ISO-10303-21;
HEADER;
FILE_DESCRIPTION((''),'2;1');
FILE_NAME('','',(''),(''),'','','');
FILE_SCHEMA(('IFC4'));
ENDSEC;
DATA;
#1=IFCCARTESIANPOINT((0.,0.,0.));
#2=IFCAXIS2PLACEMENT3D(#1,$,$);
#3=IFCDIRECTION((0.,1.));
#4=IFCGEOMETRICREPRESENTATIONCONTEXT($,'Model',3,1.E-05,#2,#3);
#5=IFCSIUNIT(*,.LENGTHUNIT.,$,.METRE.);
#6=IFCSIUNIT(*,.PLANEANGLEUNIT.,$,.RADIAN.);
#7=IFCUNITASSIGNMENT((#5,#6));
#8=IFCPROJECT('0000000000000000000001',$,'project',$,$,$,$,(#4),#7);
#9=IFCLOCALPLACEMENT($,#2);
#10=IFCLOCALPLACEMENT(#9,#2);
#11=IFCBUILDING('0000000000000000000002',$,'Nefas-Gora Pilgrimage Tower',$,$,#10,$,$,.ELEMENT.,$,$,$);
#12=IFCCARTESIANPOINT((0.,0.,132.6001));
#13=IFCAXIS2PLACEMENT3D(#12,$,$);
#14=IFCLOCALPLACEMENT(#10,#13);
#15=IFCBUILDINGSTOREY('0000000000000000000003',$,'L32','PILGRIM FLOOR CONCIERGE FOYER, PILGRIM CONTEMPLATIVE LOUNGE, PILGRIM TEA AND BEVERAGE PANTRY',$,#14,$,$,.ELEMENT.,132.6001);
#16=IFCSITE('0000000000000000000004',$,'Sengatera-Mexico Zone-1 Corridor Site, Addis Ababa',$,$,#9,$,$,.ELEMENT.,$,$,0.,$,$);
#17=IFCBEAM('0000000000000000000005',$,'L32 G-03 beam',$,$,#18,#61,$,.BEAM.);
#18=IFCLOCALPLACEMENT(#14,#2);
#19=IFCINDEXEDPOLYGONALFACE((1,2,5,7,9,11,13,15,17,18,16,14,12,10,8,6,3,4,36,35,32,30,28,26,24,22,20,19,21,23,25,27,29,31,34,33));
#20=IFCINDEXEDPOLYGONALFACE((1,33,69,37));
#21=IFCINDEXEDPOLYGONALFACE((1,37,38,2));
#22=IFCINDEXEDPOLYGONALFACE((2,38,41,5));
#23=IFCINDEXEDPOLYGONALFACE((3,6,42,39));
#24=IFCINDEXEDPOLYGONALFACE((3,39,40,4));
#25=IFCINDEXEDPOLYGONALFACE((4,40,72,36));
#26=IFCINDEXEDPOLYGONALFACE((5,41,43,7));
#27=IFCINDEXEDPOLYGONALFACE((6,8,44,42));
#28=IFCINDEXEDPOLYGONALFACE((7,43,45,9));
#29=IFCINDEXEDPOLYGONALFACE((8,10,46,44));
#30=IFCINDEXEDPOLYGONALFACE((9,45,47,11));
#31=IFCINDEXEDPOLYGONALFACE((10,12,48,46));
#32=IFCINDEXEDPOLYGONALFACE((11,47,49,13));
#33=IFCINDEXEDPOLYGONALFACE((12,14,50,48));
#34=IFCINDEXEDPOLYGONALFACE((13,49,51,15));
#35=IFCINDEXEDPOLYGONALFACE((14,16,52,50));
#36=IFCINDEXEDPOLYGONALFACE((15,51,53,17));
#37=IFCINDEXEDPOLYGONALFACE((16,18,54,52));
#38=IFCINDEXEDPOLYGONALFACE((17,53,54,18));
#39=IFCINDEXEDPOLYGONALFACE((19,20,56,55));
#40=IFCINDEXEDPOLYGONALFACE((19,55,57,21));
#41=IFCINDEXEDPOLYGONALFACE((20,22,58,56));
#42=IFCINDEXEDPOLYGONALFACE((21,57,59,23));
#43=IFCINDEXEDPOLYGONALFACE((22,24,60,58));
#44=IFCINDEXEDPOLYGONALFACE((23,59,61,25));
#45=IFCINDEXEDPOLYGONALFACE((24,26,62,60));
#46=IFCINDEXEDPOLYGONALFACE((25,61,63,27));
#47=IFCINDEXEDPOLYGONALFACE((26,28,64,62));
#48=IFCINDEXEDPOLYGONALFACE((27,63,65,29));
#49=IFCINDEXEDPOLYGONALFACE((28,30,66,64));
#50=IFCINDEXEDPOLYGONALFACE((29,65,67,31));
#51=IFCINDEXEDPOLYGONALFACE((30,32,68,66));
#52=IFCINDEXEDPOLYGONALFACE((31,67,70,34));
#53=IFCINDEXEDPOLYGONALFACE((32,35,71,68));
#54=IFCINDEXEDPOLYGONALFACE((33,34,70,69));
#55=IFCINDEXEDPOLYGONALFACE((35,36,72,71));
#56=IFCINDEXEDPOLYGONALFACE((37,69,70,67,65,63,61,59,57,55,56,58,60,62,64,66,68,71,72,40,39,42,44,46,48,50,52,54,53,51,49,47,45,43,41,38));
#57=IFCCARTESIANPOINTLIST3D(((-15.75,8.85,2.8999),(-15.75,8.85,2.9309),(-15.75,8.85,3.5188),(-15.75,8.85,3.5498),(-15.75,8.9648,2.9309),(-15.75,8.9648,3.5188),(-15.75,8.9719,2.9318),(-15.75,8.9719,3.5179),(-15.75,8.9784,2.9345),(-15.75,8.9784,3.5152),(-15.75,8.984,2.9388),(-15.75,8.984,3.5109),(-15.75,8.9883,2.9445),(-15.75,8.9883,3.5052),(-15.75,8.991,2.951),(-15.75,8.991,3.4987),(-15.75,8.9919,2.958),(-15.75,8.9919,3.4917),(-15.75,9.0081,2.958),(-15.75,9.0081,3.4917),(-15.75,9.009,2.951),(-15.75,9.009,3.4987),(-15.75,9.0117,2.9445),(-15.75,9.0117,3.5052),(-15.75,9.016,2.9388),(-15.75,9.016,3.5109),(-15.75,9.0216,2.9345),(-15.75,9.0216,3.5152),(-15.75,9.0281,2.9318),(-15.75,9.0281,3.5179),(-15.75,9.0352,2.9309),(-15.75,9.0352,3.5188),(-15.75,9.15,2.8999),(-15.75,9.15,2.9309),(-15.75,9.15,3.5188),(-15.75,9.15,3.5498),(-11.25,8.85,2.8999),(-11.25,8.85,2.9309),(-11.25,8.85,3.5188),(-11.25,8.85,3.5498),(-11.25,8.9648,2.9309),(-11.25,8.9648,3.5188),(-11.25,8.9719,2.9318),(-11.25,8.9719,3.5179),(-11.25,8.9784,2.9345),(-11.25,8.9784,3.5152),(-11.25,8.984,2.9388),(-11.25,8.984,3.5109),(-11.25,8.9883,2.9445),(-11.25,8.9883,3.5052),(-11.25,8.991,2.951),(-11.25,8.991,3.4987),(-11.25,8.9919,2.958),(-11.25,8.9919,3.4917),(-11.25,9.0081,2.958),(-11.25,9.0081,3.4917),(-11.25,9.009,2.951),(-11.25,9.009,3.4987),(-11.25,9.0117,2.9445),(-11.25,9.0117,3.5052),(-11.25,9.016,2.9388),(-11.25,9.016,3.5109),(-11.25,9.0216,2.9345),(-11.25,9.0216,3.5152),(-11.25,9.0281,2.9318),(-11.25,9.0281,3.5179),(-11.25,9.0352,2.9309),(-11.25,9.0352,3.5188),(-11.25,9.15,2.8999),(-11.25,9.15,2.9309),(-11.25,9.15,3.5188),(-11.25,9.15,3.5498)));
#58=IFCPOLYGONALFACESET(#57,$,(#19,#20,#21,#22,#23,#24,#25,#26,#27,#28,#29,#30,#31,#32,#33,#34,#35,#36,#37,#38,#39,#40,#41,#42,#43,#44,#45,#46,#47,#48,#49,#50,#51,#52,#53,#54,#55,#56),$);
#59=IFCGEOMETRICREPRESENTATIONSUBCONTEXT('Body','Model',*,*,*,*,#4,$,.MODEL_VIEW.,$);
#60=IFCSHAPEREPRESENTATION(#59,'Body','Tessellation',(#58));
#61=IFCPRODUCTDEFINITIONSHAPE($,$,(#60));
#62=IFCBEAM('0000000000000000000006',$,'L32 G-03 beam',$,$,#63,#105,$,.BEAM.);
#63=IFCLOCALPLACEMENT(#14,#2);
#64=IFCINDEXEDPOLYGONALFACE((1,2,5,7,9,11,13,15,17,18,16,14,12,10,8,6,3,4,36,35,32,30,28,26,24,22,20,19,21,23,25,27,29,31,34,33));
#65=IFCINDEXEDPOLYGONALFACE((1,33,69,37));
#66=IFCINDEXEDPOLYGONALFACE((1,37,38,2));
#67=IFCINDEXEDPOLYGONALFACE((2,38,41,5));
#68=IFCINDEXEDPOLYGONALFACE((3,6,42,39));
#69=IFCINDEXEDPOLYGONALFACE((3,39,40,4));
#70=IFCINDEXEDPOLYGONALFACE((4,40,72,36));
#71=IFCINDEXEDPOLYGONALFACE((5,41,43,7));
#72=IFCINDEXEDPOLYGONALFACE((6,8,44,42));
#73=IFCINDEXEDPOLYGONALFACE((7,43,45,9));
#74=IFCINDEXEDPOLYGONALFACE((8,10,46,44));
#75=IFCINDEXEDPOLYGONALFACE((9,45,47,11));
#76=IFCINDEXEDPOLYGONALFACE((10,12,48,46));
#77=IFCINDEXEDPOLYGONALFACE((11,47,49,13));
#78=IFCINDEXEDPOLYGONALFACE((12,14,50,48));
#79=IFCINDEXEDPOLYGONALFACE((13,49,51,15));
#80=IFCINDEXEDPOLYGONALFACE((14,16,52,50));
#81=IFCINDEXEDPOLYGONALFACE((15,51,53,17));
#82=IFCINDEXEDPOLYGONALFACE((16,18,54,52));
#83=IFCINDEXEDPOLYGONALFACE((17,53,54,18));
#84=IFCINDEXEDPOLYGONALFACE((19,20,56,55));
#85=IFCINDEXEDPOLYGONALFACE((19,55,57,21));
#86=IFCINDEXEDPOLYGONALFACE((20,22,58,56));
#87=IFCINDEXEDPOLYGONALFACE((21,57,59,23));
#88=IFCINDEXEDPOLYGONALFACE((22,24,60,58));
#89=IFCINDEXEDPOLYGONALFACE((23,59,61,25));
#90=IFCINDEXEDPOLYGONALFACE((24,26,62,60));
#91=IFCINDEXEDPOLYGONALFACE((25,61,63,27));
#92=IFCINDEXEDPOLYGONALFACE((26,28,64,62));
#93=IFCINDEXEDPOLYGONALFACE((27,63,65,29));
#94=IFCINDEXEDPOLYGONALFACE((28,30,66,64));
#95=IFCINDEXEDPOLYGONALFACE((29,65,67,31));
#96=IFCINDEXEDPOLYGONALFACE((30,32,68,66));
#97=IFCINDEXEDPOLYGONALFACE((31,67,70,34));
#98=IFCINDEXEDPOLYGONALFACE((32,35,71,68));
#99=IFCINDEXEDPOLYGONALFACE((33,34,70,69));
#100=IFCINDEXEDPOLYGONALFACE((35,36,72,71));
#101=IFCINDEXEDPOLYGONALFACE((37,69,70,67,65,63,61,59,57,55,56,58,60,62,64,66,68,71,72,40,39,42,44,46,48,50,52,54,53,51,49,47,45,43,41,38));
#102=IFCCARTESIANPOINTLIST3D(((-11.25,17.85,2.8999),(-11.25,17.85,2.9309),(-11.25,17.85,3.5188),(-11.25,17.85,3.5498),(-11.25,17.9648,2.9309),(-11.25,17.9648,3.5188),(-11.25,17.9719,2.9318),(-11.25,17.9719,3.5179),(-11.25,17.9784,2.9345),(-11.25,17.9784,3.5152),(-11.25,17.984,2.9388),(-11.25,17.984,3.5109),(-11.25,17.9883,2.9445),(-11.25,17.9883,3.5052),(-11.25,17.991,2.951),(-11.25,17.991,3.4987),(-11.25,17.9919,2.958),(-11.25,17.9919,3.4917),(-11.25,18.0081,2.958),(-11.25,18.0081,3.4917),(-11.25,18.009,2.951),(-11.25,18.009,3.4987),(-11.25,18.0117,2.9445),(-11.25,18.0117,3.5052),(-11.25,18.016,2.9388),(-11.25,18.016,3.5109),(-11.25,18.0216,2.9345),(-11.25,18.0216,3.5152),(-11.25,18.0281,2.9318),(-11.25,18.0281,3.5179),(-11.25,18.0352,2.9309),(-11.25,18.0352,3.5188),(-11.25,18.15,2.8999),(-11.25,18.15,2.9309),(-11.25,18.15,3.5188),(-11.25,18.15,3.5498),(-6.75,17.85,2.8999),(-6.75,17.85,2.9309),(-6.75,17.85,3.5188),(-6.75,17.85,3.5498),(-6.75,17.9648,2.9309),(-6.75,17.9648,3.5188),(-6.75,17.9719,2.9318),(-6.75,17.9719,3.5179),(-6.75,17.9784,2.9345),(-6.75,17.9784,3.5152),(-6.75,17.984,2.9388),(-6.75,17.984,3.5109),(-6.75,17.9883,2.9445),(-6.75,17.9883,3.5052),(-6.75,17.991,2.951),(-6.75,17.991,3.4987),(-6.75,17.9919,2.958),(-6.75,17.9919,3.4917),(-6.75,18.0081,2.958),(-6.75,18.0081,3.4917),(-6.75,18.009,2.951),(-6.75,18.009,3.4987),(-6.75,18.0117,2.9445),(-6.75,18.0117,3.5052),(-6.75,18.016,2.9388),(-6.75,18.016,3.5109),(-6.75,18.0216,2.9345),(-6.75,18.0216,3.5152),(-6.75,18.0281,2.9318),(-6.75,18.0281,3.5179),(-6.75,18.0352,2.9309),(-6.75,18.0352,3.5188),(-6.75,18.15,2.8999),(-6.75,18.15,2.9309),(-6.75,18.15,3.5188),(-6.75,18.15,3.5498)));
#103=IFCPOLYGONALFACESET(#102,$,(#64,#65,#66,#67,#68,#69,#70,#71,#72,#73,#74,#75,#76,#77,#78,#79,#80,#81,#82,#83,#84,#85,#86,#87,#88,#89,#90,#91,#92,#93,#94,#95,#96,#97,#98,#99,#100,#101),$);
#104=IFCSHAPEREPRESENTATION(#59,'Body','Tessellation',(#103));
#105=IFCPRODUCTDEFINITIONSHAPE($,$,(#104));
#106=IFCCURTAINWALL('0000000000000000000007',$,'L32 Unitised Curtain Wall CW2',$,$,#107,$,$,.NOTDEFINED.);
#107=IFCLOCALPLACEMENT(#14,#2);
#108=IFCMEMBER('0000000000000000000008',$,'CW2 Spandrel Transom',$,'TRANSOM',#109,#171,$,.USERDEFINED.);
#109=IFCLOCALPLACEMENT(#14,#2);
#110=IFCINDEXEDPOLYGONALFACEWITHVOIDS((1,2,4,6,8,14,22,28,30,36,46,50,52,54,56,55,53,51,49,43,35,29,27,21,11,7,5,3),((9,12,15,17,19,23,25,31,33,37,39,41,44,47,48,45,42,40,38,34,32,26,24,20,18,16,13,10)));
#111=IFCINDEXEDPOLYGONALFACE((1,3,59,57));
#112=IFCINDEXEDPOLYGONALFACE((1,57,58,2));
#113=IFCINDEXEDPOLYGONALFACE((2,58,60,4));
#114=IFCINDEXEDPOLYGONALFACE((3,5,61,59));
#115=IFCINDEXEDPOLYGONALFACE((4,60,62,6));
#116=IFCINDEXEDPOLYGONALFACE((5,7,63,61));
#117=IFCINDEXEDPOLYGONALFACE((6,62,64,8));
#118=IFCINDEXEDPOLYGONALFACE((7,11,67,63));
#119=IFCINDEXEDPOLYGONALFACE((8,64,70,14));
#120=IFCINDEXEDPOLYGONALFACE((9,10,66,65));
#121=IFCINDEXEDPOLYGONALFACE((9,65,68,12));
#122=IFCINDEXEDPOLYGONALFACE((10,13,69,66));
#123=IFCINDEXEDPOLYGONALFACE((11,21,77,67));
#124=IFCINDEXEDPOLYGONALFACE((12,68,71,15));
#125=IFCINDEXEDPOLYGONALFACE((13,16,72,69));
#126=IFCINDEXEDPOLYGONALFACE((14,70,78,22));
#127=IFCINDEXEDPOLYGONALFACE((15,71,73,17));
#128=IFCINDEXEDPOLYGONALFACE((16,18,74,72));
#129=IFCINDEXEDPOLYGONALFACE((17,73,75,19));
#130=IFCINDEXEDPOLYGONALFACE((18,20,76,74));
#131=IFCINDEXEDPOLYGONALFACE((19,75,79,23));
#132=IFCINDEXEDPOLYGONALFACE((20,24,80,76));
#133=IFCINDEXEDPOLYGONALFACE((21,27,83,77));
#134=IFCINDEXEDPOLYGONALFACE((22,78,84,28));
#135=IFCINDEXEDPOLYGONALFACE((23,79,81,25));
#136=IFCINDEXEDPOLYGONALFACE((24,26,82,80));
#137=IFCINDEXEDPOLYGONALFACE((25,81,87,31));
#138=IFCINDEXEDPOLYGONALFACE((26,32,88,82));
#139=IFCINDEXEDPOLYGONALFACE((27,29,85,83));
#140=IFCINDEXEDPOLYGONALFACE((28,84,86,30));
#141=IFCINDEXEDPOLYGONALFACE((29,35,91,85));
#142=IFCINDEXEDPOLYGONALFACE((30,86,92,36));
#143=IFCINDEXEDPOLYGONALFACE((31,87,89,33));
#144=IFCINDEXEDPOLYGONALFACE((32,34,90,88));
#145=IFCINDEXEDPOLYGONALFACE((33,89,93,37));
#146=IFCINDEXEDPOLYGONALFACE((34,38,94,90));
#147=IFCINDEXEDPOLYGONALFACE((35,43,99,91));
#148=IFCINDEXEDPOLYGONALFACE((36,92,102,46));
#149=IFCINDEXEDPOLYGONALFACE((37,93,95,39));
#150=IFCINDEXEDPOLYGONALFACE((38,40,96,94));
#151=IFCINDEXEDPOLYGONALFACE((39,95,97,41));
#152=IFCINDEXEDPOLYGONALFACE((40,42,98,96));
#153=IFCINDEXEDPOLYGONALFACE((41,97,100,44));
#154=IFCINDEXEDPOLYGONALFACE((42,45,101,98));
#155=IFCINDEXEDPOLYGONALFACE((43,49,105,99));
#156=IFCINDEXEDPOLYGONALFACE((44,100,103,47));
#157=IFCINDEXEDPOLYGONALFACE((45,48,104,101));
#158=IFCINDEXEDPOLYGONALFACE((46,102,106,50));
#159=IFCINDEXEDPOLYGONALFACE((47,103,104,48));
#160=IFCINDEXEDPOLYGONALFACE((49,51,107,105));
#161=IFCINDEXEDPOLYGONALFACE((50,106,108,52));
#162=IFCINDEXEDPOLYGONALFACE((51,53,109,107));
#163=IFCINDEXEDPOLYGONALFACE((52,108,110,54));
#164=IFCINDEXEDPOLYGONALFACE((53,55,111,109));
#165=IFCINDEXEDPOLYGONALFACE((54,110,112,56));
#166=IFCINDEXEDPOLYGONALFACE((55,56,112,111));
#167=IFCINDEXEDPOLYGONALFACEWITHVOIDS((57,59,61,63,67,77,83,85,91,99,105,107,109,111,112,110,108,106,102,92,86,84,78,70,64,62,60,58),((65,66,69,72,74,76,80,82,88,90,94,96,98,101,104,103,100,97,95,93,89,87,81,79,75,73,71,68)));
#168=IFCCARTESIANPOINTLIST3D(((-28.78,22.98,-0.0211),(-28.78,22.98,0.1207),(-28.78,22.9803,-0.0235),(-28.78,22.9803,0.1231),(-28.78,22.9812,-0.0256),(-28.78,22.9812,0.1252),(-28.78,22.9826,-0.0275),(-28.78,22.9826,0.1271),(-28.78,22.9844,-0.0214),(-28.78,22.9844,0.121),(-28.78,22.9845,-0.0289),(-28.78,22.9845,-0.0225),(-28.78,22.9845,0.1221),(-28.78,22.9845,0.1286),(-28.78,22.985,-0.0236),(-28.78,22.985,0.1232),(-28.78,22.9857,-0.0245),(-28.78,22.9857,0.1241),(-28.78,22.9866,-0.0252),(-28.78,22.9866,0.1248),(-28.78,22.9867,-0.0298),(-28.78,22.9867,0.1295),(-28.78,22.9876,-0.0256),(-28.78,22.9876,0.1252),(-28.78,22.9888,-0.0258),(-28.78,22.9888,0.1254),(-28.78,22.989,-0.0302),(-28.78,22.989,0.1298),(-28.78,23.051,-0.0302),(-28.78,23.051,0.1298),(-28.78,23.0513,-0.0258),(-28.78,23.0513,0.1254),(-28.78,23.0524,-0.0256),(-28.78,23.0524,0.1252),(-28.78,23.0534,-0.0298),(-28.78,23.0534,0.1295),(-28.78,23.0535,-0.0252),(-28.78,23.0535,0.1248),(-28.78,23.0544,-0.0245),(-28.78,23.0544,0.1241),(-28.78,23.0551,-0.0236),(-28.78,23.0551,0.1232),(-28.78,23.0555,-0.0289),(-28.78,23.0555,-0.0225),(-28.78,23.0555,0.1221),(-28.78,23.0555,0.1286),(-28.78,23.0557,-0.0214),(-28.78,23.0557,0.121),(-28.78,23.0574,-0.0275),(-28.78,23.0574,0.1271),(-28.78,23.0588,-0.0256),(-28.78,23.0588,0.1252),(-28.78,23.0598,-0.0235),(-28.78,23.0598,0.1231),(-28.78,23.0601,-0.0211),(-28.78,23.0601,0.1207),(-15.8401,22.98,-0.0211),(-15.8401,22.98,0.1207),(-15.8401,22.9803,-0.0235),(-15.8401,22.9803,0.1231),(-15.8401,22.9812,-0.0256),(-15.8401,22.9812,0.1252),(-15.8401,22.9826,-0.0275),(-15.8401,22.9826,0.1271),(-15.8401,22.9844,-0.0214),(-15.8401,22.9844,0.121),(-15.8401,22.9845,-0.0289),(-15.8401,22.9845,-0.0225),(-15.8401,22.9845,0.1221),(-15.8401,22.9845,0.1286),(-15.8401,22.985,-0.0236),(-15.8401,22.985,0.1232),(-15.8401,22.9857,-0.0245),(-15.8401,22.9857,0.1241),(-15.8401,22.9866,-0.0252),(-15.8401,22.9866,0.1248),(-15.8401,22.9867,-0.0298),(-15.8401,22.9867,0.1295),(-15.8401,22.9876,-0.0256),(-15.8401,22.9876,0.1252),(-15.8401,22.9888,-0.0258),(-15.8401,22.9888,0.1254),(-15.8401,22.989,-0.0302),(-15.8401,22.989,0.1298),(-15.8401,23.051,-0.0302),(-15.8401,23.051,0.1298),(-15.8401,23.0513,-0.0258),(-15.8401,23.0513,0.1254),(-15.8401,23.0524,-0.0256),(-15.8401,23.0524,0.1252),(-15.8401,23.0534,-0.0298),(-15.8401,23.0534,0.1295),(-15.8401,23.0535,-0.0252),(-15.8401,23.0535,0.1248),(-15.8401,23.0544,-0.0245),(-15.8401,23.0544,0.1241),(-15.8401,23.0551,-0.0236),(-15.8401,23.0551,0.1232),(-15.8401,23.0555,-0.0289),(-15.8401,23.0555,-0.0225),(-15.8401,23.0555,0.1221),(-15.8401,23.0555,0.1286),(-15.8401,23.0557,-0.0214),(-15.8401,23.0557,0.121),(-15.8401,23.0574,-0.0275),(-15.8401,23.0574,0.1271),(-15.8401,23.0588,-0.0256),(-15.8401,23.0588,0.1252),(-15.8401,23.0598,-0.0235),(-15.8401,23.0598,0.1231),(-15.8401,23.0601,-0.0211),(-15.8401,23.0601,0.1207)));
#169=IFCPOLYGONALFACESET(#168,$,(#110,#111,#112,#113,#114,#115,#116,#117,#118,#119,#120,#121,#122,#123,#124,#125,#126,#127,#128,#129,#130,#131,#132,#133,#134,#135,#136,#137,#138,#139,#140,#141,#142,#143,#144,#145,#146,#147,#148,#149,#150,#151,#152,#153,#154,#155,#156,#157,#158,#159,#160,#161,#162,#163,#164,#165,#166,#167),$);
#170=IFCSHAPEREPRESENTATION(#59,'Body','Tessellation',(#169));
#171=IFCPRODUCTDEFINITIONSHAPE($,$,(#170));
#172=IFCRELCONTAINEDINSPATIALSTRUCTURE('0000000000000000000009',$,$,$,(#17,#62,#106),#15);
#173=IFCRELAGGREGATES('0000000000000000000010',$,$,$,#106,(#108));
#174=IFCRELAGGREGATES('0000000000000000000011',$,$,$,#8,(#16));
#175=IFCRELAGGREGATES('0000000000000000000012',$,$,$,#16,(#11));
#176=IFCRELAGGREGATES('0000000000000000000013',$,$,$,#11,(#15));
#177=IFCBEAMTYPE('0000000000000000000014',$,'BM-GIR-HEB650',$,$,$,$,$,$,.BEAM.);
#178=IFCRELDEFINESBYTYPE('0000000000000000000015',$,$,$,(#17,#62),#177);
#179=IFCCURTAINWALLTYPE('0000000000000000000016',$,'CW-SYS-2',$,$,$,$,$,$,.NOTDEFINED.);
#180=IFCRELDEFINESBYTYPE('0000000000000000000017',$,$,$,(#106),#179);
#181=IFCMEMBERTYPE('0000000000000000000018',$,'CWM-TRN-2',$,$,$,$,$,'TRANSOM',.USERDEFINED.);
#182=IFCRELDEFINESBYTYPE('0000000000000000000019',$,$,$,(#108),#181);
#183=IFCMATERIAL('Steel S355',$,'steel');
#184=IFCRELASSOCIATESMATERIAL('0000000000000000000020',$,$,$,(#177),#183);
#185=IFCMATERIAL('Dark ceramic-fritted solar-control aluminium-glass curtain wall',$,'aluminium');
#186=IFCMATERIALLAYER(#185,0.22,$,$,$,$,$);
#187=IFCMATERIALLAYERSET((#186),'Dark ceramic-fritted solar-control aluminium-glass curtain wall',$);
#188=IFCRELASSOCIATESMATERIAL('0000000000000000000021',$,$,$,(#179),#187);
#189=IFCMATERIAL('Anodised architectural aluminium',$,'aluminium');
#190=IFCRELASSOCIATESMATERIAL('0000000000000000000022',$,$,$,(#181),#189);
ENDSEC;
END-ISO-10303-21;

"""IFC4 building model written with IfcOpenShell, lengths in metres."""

from ifc_helpers import new_model, si_unit, direction, frame, origin, origin_2d, place, context, subcontext, project, spatial, hollow_rectangle, i_section, extrude, source, transform, mapped, material, layer, layer_set, material_profile, profile_set, type_object, element, aggregate, save


model = new_model("IFC4")

# Units and contexts
model_context = context("Model", 3, precision=1e-05, world=origin(), true_north=direction((0.0, 1.0)))
body_context = subcontext(model_context, "Body", "Model", "MODEL_VIEW")
ifc_project = project(units=[si_unit("LENGTHUNIT", "METRE"), si_unit("PLANEANGLEUNIT", "RADIAN")], contexts=[model_context])

# Site, building, storey
site_placement = place(None, origin())
site = spatial("IfcSite", under=ifc_project, at=site_placement, Name="Sengatera-Mexico Zone-1 Corridor Site, Addis Ababa", CompositionType="ELEMENT", RefElevation=0.0)
building_placement = place(site_placement, origin())
building = spatial("IfcBuilding", under=site, at=building_placement, Name="Nefas-Gora Pilgrimage Tower", CompositionType="ELEMENT")
storey_placement = place(building_placement, frame((0.0, 0.0, 132.6001)))
storey = spatial("IfcBuildingStorey", under=building, at=storey_placement, Name="L32", Description="PILGRIM FLOOR CONCIERGE FOYER, PILGRIM CONTEMPLATIVE LOUNGE, PILGRIM TEA AND BEVERAGE PANTRY", CompositionType="ELEMENT", Elevation=132.6001)

# Beams
ifc_material_1 = material(Name="Steel S355", Category="steel")
ifc_material_profile_1 = material_profile(ifc_material_1, i_section(OverallWidth=0.3, OverallDepth=0.6499, WebThickness=0.0161, FlangeThickness=0.031, FilletRadius=0.0271, at=origin_2d()), Name="HEB 650")
ifc_profile_set_1 = profile_set([ifc_material_profile_1], Name="Steel S355")
beam_type = type_object("IfcBeamType", Name="BM-GIR-HEB650", PredefinedType="BEAM", material=ifc_profile_set_1)
shared_shape_1 = source(origin(), body_context, "Body", "SweptSolid", [
    extrude(i_section(OverallWidth=0.3, OverallDepth=0.6499, WebThickness=0.0161, FlangeThickness=0.031, FilletRadius=0.0271, at=origin_2d()), origin(), (0.0, 0.0, 1.0), 4.5),
])
for number, where, z_axis, x_axis, name in (
    (1, (-15.75, 9.0, 3.2249), (1.0, 0.0, 0.0), (0.0, 1.0, 0.0), "L32 G-03 beam"),
    (2, (-11.25, 18.0, 3.2249), (1.0, 0.0, 0.0), (0.0, 1.0, 0.0), "L32 G-03 beam"),
):
    element("IfcBeam", number, at=place(storey_placement, frame(where, z_axis=z_axis, x_axis=x_axis)), inside=storey, type_object=beam_type, Name=name, PredefinedType="BEAM", context=body_context, shape_type="MappedRepresentation", body=[
        mapped(shared_shape_1, transform((0.0, 0.0, 0.0), x_axis=(1.0, 0.0, 0.0), y_axis=(0.0, 1.0, 0.0), z_axis=(0.0, 0.0, 1.0), scale=1.0)),
    ])

# Curtain wall, member
ifc_material_2 = material(Name="Dark ceramic-fritted solar-control aluminium-glass curtain wall", Category="aluminium")
ifc_layer_1 = layer(ifc_material_2, 0.22)
ifc_layer_set_1 = layer_set([ifc_layer_1], Name="Dark ceramic-fritted solar-control aluminium-glass curtain wall")
curtain_wall_type_1 = type_object("IfcCurtainWallType", Name="CW-SYS-2", PredefinedType="NOTDEFINED", material=ifc_layer_set_1)
curtain_wall_1_placement = place(storey_placement, origin())
curtain_wall_1 = element("IfcCurtainWall", 3, at=curtain_wall_1_placement, inside=storey, type_object=curtain_wall_type_1, Name="L32 Unitised Curtain Wall CW2", PredefinedType="NOTDEFINED")
ifc_material_3 = material(Name="Anodised architectural aluminium", Category="aluminium")
ifc_material_profile_2 = material_profile(ifc_material_3, hollow_rectangle(XDim=0.0801, YDim=0.1599, WallThickness=0.0044, InnerFilletRadius=0.0044, OuterFilletRadius=0.009, at=origin_2d()), Name="ALU TRANSOM 80x160")
ifc_profile_set_2 = profile_set([ifc_material_profile_2], Name="Anodised architectural aluminium")
member_type_1 = type_object("IfcMemberType", Name="CWM-TRN-2", ElementType="TRANSOM", PredefinedType="USERDEFINED", material=ifc_profile_set_2)
shared_shape_2 = source(origin(), body_context, "Body", "SweptSolid", [
    extrude(hollow_rectangle(XDim=0.0801, YDim=0.1599, WallThickness=0.0044, InnerFilletRadius=0.0044, OuterFilletRadius=0.009, at=origin_2d()), origin(), (0.0, 0.0, 1.0), 12.9399),
])
member_1_placement = place(storey_placement, frame((-15.8401, 23.02, 0.0498), z_axis=(-1.0, 0.0, 0.0), x_axis=(0.0, -1.0, 0.0)))
member_1 = element("IfcMember", 4, at=member_1_placement, type_object=member_type_1, Name="CW2 Spandrel Transom", ObjectType="TRANSOM", PredefinedType="USERDEFINED", context=body_context, shape_type="MappedRepresentation", body=[
    mapped(shared_shape_2, transform((0.0, 0.0, 0.0), x_axis=(1.0, 0.0, 0.0), y_axis=(0.0, 1.0, 0.0), z_axis=(0.0, 0.0, 1.0), scale=1.0)),
])

aggregate(curtain_wall_1, [member_1])

save(model, "model.ifc")
